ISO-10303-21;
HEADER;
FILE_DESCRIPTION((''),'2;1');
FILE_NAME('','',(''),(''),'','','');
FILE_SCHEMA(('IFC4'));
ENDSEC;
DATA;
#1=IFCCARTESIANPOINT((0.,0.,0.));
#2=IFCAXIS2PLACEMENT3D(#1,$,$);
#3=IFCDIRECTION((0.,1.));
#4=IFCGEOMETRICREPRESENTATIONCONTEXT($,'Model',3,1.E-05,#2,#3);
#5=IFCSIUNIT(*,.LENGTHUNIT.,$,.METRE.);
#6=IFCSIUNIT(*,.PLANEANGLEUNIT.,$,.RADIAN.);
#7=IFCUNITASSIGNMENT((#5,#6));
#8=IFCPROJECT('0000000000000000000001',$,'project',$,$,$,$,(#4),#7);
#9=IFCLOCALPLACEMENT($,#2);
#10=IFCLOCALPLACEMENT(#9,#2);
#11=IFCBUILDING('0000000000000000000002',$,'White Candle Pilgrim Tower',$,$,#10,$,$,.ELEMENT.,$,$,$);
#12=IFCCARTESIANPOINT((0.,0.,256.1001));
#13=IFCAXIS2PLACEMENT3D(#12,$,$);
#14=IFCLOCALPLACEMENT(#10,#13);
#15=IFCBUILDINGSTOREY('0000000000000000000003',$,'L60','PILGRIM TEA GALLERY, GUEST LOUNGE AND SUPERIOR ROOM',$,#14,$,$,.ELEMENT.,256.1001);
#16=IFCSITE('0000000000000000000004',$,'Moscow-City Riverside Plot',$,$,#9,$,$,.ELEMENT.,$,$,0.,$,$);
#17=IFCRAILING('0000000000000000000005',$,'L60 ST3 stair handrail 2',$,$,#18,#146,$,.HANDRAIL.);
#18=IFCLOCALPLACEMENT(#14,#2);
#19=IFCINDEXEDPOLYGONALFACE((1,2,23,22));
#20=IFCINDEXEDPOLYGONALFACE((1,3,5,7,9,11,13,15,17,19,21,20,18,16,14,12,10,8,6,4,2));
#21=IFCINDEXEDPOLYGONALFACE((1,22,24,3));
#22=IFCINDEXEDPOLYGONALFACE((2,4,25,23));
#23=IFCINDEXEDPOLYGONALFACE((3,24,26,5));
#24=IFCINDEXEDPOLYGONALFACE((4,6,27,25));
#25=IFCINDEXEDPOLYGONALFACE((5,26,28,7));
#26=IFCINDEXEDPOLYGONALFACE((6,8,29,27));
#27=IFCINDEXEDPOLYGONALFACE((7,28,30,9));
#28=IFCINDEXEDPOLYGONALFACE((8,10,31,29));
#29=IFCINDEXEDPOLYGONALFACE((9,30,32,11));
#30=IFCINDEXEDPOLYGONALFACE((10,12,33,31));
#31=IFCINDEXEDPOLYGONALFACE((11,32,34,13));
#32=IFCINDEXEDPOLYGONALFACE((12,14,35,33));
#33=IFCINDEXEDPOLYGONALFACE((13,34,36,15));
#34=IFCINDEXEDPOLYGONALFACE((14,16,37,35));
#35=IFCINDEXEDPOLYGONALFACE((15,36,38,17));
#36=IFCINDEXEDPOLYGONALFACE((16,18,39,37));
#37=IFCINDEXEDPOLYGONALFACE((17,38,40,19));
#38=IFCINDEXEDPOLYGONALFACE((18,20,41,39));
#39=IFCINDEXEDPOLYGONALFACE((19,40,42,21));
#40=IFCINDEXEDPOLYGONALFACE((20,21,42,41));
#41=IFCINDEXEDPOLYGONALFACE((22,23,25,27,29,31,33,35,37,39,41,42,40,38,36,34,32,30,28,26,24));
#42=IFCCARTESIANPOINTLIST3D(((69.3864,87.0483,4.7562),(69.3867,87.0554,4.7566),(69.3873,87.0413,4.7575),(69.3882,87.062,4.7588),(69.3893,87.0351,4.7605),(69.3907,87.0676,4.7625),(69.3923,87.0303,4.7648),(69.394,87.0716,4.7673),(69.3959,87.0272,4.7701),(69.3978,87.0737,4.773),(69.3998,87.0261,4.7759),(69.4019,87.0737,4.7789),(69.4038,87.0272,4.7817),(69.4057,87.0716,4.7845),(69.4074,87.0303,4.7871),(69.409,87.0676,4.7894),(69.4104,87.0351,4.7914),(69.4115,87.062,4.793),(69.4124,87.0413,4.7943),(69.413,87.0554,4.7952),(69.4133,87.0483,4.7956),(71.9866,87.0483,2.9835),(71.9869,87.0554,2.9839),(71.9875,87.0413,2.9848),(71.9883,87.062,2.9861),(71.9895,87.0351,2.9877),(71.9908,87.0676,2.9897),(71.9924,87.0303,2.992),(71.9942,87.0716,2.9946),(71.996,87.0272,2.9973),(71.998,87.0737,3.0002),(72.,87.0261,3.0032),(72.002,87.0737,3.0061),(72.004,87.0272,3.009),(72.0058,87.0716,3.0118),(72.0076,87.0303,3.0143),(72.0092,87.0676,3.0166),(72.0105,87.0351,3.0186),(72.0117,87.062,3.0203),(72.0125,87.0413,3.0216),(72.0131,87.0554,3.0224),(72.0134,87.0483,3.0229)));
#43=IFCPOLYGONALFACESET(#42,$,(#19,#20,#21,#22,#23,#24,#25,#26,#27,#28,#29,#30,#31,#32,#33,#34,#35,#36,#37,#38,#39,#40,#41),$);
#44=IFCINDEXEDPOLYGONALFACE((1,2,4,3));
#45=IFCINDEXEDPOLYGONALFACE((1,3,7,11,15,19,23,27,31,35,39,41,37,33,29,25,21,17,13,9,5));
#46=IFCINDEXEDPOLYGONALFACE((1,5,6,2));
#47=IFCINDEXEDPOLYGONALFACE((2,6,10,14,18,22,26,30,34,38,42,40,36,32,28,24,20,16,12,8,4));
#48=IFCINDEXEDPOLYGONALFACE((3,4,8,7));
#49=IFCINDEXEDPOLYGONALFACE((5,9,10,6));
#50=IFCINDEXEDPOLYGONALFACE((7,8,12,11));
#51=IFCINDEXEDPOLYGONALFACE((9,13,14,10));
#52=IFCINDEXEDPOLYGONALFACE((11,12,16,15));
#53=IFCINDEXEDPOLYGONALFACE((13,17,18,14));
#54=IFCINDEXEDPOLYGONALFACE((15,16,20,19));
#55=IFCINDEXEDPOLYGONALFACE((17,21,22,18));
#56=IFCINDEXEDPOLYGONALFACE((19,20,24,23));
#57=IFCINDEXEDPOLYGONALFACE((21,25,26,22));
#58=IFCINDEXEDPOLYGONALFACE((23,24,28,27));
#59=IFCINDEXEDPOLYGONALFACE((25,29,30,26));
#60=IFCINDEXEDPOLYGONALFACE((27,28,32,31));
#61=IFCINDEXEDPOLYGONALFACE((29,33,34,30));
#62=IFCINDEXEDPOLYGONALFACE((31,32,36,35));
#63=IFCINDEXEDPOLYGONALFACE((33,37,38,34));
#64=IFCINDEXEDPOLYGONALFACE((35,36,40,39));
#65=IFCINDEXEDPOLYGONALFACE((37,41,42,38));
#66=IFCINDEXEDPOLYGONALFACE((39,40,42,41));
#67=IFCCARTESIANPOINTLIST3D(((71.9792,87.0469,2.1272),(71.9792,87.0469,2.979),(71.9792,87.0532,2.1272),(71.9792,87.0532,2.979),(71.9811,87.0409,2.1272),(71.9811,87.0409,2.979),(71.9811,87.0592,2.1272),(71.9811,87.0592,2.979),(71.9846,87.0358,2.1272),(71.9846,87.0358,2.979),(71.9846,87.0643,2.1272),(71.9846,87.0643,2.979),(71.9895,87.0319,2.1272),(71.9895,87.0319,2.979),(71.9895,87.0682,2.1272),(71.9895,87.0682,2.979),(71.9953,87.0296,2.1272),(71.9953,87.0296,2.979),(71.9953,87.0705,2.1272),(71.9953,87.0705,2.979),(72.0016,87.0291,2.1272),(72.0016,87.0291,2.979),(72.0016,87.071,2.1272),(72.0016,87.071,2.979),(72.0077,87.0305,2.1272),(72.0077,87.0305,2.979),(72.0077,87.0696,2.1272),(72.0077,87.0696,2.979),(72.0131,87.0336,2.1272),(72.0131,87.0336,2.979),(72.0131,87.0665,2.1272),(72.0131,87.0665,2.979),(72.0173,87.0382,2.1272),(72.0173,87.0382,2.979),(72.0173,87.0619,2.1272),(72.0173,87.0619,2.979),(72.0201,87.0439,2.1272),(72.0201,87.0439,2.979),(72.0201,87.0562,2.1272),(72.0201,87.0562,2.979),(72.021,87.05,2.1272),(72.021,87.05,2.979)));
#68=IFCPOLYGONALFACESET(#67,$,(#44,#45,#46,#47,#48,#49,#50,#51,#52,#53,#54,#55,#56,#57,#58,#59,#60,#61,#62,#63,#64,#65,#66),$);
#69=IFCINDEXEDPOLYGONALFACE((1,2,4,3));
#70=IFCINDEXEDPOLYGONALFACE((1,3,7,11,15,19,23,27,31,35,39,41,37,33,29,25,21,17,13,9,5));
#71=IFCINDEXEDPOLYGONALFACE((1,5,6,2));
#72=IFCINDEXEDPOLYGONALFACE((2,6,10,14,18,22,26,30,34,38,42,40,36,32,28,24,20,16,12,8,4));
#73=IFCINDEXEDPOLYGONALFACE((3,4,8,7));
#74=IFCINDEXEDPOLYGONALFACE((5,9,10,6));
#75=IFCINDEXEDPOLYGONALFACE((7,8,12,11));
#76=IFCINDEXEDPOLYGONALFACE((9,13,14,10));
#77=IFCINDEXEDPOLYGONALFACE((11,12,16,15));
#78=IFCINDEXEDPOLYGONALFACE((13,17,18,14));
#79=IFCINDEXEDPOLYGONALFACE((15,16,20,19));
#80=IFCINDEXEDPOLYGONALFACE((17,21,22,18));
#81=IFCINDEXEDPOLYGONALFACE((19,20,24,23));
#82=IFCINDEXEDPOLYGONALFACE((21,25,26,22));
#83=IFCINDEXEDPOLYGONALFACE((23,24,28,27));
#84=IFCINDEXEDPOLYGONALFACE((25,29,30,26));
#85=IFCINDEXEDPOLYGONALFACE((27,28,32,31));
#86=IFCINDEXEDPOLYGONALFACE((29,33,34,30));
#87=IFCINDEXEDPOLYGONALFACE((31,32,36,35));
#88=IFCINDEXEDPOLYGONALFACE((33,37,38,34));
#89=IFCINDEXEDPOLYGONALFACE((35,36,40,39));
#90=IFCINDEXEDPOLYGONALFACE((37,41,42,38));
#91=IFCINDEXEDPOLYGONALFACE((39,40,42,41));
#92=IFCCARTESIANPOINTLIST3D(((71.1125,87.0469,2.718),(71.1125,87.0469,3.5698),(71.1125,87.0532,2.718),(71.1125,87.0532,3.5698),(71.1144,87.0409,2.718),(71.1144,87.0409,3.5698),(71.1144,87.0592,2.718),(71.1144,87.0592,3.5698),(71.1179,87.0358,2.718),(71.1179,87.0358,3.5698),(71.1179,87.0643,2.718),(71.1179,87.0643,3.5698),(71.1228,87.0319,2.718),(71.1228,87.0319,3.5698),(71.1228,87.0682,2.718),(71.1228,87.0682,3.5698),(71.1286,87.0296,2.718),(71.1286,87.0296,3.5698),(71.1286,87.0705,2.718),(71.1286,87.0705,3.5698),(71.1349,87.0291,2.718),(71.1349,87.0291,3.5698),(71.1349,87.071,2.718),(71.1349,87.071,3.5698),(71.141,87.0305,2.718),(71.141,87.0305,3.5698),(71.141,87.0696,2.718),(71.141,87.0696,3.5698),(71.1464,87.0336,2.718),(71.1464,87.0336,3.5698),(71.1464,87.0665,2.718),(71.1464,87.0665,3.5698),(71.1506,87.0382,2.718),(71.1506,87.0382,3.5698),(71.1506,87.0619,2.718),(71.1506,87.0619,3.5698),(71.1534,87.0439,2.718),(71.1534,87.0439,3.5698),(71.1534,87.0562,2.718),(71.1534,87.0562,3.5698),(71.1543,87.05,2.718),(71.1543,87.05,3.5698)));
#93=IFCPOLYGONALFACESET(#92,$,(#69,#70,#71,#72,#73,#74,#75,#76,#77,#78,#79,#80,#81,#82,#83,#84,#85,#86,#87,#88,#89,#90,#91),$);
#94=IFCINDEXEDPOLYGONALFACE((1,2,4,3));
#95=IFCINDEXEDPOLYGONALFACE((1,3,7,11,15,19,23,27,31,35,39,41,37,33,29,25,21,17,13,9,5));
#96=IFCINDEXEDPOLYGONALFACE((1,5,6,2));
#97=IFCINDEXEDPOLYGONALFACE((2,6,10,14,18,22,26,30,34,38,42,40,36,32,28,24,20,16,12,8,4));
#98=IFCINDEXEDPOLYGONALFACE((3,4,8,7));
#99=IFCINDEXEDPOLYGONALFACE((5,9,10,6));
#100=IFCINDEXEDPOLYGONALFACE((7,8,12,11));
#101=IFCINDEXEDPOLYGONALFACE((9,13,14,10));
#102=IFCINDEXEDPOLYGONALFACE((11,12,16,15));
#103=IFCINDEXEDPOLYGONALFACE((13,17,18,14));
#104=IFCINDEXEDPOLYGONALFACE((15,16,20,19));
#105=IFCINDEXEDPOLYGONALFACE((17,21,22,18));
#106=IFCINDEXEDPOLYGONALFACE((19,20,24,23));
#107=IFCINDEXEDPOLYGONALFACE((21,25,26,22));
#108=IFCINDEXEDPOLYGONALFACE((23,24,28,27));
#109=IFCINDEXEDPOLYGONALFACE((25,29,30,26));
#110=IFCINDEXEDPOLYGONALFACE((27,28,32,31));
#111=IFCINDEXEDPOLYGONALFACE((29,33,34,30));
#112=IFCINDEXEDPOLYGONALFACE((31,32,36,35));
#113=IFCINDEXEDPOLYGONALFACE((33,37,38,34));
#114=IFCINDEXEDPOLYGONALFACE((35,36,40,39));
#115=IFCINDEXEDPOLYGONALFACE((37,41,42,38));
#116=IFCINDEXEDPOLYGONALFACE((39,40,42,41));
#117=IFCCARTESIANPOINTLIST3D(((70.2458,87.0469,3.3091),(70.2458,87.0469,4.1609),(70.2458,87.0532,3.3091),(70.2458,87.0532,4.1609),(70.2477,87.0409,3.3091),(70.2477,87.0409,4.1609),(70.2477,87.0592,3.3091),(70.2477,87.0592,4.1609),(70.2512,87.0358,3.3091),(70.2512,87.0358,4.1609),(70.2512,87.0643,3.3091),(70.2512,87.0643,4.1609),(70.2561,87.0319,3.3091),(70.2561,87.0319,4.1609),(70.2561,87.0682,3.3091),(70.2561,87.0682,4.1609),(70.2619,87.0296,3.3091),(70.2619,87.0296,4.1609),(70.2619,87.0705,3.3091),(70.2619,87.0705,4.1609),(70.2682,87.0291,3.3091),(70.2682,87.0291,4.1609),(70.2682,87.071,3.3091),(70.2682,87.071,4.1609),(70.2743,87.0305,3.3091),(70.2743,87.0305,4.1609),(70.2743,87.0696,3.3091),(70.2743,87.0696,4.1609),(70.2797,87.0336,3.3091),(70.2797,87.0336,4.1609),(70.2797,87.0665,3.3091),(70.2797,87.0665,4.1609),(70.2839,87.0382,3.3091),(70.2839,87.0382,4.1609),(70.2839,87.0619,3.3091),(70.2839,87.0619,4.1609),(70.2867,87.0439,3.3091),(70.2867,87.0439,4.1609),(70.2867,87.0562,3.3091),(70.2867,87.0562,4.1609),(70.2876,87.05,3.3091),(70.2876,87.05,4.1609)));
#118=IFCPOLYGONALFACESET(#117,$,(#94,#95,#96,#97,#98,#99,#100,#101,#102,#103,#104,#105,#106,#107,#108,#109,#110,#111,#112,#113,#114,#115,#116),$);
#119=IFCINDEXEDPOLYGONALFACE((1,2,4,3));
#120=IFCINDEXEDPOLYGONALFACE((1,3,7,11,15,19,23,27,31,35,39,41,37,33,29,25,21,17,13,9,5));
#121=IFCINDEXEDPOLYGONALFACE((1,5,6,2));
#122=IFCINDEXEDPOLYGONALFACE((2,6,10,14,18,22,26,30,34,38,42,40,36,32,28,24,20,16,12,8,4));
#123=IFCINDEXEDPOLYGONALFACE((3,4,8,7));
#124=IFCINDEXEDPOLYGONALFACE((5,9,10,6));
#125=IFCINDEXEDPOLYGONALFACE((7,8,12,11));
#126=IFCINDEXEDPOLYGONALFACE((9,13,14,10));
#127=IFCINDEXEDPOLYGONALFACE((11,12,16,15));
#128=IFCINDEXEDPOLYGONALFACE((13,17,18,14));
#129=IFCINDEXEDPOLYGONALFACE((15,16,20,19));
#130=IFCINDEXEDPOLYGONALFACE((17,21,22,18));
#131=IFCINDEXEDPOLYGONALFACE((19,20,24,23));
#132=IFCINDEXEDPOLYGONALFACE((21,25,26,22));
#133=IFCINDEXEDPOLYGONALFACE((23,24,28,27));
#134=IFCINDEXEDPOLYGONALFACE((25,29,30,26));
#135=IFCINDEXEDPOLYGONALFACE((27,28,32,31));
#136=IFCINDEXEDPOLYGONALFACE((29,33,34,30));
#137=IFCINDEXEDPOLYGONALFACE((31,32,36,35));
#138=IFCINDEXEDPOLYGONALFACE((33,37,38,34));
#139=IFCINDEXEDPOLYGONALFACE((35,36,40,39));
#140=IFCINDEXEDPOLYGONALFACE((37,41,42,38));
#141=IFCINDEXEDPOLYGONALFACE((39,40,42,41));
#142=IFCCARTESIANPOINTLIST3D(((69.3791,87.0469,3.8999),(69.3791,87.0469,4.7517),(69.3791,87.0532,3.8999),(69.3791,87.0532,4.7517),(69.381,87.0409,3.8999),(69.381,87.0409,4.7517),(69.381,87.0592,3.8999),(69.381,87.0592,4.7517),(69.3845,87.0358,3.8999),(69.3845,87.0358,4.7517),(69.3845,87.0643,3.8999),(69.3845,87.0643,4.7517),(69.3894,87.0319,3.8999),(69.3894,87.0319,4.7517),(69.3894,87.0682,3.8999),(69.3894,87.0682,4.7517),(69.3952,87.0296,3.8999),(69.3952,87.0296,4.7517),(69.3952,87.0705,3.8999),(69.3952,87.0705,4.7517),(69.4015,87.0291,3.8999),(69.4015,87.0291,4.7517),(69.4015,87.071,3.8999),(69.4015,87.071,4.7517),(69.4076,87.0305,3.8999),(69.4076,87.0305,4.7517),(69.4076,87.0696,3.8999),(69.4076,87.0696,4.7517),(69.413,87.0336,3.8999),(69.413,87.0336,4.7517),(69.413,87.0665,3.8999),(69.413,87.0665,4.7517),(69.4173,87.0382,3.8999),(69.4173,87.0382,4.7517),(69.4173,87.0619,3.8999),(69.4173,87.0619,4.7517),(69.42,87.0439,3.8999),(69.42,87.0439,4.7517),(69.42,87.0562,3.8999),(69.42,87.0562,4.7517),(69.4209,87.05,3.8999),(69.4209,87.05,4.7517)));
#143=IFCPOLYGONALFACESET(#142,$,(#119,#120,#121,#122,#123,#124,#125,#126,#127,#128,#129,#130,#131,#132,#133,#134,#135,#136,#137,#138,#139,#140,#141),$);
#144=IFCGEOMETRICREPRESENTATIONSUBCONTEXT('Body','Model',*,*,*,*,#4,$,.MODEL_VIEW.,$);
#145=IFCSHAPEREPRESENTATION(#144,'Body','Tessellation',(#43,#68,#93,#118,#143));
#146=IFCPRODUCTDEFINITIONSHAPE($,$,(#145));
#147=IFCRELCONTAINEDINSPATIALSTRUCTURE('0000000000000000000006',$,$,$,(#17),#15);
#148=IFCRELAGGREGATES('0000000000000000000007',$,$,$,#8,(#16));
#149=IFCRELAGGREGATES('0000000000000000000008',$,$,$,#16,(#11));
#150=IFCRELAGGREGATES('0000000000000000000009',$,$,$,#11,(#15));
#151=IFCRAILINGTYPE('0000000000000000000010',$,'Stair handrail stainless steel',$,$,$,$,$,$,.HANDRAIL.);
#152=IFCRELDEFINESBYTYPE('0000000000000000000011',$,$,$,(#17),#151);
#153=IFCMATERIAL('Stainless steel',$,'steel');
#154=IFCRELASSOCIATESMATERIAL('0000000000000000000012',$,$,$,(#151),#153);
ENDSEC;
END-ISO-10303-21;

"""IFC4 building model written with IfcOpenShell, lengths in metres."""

from ifc_helpers import new_model, si_unit, direction, frame, origin, origin_2d, place, context, subcontext, project, spatial, circle, extrude, material, type_object, element, save


model = new_model("IFC4")

# Units and contexts
model_context = context("Model", 3, precision=1e-05, world=origin(), true_north=direction((0.0, 1.0)))
body_context = subcontext(model_context, "Body", "Model", "MODEL_VIEW")
ifc_project = project(units=[si_unit("LENGTHUNIT", "METRE"), si_unit("PLANEANGLEUNIT", "RADIAN")], contexts=[model_context])

# Site, building, storey
site_placement = place(None, origin())
site = spatial("IfcSite", under=ifc_project, at=site_placement, Name="Moscow-City Riverside Plot", CompositionType="ELEMENT", RefElevation=0.0)
building_placement = place(site_placement, origin())
building = spatial("IfcBuilding", under=site, at=building_placement, Name="White Candle Pilgrim Tower", CompositionType="ELEMENT")
storey_placement = place(building_placement, frame((0.0, 0.0, 256.1001)))
storey = spatial("IfcBuildingStorey", under=building, at=storey_placement, Name="L60", Description="PILGRIM TEA GALLERY, GUEST LOUNGE AND SUPERIOR ROOM", CompositionType="ELEMENT", Elevation=256.1001)

# Railing
ifc_material_1 = material(Name="Stainless steel", Category="steel")
railing_type_1 = type_object("IfcRailingType", Name="Stair handrail stainless steel", PredefinedType="HANDRAIL", material=ifc_material_1)
railing_1_placement = place(storey_placement, frame((72.0, 87.05, 2.1272)))
element("IfcRailing", 1, at=railing_1_placement, inside=storey, type_object=railing_type_1, Name="L60 ST3 stair handrail 2", PredefinedType="HANDRAIL", context=body_context, shape_type="SweptSolid", body=[
    extrude(circle(Radius=0.0239, at=origin_2d()), frame((0.0, 0.0, 0.876), z_axis=(-0.82624, 0.0, 0.563318), x_axis=(0.0, -1.0, 0.0)), (0.0, 0.0, 1.0), 3.147),
    extrude(circle(Radius=0.021, at=origin_2d()), origin(), (0.0, 0.0, 1.0), 0.8518),
    extrude(circle(Radius=0.021, at=origin_2d()), frame((-0.8667, 0.0, 0.5908)), (0.0, 0.0, 1.0), 0.8518),
    extrude(circle(Radius=0.021, at=origin_2d()), frame((-1.7334, 0.0, 1.1819)), (0.0, 0.0, 1.0), 0.8518),
    extrude(circle(Radius=0.021, at=origin_2d()), frame((-2.6001, 0.0, 1.7727)), (0.0, 0.0, 1.0), 0.8518),
])

save(model, "model.ifc")
